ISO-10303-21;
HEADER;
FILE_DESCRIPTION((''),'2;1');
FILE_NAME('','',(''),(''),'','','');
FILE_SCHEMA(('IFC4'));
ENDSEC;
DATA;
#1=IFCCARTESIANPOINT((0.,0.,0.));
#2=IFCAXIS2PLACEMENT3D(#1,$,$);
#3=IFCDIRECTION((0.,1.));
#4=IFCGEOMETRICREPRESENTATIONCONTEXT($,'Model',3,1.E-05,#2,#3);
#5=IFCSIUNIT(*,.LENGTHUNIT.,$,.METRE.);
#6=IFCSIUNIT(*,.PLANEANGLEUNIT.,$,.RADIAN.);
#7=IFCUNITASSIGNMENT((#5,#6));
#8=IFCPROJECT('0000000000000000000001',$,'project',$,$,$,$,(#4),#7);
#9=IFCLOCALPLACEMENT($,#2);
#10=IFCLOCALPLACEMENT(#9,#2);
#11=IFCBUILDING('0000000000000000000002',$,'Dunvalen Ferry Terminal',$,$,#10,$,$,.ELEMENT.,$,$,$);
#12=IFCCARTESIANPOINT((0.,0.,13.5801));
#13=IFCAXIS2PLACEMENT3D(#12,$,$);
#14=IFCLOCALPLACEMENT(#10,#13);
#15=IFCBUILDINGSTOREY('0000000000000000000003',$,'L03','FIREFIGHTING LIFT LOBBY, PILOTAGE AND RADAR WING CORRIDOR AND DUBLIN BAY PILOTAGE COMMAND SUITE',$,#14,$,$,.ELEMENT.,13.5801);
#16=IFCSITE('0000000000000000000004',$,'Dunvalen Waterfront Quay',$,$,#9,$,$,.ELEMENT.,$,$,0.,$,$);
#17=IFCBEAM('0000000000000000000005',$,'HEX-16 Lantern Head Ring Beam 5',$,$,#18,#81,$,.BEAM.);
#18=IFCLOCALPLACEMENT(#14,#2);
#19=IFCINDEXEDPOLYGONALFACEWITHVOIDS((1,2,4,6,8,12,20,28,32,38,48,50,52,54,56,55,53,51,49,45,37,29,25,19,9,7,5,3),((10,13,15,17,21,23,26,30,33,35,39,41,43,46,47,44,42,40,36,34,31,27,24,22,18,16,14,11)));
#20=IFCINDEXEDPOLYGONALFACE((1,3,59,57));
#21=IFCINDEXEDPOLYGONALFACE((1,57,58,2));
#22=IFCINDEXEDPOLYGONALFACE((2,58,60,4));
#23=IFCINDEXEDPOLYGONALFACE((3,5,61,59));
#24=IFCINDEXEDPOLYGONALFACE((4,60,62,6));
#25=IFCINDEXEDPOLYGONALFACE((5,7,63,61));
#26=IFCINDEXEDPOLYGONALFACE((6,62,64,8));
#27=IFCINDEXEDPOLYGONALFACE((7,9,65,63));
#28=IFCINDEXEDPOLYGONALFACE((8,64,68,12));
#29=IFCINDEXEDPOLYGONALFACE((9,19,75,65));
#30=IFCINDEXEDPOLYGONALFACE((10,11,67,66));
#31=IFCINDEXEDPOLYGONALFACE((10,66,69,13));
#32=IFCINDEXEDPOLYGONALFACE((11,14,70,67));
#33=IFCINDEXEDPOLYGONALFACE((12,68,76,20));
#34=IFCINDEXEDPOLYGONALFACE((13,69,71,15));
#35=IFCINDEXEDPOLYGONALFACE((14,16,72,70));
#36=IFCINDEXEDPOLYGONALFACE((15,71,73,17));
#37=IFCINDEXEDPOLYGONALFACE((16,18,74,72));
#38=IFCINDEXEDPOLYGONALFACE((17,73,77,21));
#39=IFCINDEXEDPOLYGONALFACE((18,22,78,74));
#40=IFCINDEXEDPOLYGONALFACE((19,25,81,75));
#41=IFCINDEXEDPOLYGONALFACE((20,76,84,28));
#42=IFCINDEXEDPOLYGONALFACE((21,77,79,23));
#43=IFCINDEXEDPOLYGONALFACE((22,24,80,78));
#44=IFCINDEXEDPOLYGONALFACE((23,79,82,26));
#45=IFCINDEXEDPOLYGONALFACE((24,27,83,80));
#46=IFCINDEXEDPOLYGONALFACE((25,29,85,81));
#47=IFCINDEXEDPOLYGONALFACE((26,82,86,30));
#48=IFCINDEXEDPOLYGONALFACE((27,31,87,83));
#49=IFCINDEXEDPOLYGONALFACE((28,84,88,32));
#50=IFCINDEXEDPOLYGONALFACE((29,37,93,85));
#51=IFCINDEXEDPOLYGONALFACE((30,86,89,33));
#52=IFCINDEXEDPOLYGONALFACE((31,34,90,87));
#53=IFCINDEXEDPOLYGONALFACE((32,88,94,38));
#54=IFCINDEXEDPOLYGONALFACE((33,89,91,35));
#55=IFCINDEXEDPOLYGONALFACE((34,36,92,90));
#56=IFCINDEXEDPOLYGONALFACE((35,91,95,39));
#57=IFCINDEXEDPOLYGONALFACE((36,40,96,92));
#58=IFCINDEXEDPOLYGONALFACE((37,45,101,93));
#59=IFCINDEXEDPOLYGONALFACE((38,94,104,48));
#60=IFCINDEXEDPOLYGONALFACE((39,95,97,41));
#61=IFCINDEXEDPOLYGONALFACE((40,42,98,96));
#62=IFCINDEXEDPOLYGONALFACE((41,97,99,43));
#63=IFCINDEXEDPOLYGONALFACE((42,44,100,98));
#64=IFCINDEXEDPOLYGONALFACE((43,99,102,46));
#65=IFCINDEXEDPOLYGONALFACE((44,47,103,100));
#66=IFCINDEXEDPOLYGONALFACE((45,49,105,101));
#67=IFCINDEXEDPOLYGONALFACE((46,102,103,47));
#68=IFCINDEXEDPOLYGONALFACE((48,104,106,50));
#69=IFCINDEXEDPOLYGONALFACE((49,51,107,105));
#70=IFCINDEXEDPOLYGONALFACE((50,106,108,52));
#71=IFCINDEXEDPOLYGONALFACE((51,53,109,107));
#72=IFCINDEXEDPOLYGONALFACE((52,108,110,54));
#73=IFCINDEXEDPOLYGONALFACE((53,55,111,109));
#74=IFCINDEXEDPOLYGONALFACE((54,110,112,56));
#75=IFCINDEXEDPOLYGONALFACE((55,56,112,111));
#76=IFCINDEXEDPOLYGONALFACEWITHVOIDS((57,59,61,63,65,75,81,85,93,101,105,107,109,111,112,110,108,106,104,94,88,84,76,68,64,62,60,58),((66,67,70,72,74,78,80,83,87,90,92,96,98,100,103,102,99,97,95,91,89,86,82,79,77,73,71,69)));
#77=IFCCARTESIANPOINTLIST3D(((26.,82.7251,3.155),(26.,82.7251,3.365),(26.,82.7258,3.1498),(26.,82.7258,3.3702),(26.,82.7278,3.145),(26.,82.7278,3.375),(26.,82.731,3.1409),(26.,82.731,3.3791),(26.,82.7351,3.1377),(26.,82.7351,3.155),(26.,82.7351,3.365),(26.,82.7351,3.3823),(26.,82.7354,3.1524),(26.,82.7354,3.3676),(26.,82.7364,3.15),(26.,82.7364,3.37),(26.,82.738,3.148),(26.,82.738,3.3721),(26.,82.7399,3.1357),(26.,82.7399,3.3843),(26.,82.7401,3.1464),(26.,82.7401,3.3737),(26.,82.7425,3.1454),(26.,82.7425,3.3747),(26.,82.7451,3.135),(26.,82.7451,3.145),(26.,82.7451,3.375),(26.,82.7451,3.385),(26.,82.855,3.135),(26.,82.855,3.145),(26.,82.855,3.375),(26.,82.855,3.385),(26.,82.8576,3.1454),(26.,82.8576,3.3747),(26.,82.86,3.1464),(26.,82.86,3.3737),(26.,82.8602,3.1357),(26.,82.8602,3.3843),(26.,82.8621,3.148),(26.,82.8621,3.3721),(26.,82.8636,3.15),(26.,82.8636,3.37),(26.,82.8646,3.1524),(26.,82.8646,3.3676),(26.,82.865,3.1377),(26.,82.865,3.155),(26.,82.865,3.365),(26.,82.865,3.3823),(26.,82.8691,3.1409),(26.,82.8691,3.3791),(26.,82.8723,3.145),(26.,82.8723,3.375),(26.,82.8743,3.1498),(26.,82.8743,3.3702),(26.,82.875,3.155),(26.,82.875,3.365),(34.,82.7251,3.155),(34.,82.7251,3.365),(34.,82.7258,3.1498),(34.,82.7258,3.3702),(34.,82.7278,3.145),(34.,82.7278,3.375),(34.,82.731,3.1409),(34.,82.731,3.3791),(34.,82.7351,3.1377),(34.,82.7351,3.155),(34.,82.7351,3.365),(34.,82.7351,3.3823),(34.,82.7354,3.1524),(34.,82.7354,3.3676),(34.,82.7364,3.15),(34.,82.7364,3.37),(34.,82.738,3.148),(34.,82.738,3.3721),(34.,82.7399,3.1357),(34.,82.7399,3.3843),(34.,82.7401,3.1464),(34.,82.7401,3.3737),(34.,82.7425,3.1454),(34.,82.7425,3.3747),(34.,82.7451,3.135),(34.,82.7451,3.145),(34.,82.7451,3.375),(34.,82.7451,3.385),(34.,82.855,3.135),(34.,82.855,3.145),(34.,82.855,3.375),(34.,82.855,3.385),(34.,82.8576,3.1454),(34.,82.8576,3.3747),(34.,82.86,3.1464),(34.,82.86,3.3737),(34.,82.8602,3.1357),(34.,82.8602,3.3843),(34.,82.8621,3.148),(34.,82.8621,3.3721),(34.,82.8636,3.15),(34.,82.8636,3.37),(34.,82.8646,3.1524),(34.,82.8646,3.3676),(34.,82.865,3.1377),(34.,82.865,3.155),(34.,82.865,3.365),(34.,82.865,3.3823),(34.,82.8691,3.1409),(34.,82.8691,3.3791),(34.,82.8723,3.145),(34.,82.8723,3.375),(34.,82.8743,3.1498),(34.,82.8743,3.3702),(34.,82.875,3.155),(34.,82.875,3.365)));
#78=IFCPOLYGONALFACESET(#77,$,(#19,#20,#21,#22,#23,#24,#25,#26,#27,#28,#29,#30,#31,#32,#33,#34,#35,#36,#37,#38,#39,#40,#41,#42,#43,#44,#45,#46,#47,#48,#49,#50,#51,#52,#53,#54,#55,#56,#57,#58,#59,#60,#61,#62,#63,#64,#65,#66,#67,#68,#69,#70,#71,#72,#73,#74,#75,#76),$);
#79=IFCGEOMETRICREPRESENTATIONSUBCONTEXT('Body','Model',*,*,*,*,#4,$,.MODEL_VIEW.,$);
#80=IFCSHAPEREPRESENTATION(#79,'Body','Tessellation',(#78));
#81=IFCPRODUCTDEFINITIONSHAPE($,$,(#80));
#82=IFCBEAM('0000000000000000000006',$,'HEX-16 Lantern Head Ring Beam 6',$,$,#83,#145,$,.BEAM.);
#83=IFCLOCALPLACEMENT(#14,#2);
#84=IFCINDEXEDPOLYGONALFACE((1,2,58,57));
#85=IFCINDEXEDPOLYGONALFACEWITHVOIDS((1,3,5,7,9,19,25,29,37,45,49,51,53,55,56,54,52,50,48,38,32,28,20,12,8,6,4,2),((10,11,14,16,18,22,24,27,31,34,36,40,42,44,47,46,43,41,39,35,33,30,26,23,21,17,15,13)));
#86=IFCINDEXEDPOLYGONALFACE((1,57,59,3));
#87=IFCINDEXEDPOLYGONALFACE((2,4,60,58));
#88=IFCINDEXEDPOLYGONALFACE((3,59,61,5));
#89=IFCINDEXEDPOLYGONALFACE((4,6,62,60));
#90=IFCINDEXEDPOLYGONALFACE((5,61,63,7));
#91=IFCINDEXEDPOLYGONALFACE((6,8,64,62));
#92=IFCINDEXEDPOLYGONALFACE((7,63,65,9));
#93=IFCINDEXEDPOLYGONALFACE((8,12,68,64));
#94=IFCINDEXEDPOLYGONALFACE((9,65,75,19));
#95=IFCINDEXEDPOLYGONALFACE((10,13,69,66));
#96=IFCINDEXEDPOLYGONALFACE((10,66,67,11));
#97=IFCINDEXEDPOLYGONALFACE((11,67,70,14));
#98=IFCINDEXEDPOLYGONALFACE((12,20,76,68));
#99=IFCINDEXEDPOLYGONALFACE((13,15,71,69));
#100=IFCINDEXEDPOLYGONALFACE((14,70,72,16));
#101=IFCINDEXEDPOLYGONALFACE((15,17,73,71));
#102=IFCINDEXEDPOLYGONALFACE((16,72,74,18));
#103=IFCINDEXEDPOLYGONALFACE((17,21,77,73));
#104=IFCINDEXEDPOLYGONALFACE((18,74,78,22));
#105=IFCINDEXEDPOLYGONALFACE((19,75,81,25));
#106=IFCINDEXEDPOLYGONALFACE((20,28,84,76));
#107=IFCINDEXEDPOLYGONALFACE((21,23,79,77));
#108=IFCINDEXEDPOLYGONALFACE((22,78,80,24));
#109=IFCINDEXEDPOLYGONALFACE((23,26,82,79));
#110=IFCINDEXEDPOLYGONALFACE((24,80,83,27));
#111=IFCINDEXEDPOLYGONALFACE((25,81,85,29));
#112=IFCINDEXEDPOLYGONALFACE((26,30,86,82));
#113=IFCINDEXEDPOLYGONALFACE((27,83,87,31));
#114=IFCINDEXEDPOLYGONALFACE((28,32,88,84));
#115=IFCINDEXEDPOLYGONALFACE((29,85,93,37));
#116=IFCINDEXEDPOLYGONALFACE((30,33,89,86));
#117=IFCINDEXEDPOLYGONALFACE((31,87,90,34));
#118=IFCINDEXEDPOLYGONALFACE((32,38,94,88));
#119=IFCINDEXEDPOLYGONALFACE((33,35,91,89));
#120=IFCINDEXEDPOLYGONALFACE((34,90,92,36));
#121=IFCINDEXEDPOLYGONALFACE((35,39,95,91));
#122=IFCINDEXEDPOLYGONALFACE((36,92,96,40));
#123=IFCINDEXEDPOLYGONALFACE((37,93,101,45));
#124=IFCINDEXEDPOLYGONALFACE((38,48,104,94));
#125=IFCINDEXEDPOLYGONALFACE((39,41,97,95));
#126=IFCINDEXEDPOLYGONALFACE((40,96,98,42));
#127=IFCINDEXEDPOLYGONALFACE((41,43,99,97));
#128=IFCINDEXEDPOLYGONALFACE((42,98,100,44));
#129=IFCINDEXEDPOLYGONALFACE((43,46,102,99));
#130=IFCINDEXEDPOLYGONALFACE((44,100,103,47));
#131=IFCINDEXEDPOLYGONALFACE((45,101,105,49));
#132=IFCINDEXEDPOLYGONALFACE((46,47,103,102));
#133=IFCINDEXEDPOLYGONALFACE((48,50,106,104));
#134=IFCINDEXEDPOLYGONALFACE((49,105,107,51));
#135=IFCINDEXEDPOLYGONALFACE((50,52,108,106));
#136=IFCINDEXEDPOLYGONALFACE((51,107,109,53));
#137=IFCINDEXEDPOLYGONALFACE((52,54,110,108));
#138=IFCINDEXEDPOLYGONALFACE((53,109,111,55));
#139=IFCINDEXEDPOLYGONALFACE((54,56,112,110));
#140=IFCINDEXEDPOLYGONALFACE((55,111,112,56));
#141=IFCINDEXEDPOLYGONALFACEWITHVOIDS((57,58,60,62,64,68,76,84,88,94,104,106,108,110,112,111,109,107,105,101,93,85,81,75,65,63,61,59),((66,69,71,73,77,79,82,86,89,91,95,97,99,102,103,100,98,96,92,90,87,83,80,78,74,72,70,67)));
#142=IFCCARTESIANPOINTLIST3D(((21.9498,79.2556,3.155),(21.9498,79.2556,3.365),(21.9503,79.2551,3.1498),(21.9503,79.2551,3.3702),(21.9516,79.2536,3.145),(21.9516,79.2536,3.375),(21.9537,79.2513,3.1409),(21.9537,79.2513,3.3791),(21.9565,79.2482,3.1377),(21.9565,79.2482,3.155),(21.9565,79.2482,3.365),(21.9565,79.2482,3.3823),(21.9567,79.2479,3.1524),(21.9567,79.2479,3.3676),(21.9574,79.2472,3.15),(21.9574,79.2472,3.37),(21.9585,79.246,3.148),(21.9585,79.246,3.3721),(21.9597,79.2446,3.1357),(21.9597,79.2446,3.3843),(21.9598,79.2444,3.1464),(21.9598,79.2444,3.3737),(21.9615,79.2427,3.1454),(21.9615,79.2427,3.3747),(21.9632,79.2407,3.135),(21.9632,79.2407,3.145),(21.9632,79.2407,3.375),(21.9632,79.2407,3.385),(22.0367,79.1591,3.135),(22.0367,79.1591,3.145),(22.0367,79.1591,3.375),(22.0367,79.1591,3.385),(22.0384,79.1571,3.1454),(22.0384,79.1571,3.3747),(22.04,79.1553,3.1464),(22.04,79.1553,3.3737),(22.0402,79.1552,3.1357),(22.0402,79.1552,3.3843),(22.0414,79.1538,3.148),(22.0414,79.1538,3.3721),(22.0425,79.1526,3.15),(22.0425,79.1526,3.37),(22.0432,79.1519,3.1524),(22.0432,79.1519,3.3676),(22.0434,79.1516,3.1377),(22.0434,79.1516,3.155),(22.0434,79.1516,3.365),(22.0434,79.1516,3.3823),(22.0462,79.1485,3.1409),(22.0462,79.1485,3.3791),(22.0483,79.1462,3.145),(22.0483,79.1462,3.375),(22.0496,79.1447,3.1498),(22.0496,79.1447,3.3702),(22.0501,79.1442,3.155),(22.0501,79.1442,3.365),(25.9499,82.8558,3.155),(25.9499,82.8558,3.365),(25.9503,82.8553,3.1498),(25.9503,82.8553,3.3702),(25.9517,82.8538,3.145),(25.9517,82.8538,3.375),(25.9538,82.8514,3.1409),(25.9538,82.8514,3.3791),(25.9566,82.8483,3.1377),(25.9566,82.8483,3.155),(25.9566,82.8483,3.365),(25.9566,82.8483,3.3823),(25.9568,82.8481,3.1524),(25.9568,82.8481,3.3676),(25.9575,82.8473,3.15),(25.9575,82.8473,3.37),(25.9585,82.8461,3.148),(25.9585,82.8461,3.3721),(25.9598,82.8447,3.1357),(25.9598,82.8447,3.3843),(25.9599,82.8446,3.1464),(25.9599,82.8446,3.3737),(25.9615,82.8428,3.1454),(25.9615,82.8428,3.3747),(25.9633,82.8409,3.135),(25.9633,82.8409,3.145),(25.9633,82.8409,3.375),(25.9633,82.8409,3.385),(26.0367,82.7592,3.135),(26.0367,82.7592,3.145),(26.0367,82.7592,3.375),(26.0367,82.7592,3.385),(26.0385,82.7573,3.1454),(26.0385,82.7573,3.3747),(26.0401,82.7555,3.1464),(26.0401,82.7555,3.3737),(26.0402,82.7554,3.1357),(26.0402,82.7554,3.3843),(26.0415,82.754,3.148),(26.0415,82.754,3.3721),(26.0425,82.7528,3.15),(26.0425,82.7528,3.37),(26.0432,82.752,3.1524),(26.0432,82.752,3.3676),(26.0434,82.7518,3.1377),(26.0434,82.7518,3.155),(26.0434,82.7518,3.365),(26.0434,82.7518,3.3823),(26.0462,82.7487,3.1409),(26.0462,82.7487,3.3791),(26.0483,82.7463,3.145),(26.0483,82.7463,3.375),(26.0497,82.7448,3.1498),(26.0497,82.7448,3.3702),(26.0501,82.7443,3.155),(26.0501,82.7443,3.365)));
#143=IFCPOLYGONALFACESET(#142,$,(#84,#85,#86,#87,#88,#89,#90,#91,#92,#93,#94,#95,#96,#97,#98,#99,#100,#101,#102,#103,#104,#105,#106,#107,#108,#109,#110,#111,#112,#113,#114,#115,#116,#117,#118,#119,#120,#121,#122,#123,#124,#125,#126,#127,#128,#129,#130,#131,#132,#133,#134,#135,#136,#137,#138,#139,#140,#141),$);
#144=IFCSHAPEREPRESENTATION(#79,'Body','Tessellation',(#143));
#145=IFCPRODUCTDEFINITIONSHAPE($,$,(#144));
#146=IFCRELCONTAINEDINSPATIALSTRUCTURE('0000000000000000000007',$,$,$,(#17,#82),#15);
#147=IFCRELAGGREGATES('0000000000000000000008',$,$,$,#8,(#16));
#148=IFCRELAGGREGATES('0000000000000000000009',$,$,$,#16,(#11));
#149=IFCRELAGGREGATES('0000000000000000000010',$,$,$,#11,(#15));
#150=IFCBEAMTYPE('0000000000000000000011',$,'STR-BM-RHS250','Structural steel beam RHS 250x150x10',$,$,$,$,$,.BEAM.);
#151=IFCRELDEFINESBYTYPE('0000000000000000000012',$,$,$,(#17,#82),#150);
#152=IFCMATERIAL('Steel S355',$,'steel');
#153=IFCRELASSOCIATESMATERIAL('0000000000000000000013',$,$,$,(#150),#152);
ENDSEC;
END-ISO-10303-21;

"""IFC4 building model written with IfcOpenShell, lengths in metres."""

from ifc_helpers import new_model, si_unit, direction, frame, origin, origin_2d, place, context, subcontext, project, spatial, hollow_rectangle, extrude, material, material_profile, profile_set, type_object, element, save


model = new_model("IFC4")

# Units and contexts
model_context = context("Model", 3, precision=1e-05, world=origin(), true_north=direction((0.0, 1.0)))
body_context = subcontext(model_context, "Body", "Model", "MODEL_VIEW")
ifc_project = project(units=[si_unit("LENGTHUNIT", "METRE"), si_unit("PLANEANGLEUNIT", "RADIAN")], contexts=[model_context])

# Site, building, storey
site_placement = place(None, origin())
site = spatial("IfcSite", under=ifc_project, at=site_placement, Name="Dunvalen Waterfront Quay", CompositionType="ELEMENT", RefElevation=0.0)
building_placement = place(site_placement, origin())
building = spatial("IfcBuilding", under=site, at=building_placement, Name="Dunvalen Ferry Terminal", CompositionType="ELEMENT")
storey_placement = place(building_placement, frame((0.0, 0.0, 13.5801)))
storey = spatial("IfcBuildingStorey", under=building, at=storey_placement, Name="L03", Description="FIREFIGHTING LIFT LOBBY, PILOTAGE AND RADAR WING CORRIDOR AND DUBLIN BAY PILOTAGE COMMAND SUITE", CompositionType="ELEMENT", Elevation=13.5801)

# Beams
ifc_material_1 = material(Name="Steel S355", Category="steel")
ifc_material_profile_1 = material_profile(ifc_material_1, hollow_rectangle(XDim=0.1499, YDim=0.25, WallThickness=0.01, InnerFilletRadius=0.01, OuterFilletRadius=0.02, at=origin_2d()), Name="Steel S355")
ifc_profile_set_1 = profile_set([ifc_material_profile_1], Name="Steel S355")
beam_type = type_object("IfcBeamType", Name="STR-BM-RHS250", Description="Structural steel beam RHS 250x150x10", PredefinedType="BEAM", material=ifc_profile_set_1)
beam_1_placement = place(storey_placement, frame((34.0, 82.8, 3.26), z_axis=(-1.0, 0.0, 0.0), x_axis=(0.0, -1.0, 0.0)))
element("IfcBeam", 1, at=beam_1_placement, inside=storey, type_object=beam_type, Name="HEX-16 Lantern Head Ring Beam 5", PredefinedType="BEAM", context=body_context, shape_type="SweptSolid", body=[
    extrude(hollow_rectangle(XDim=0.1499, YDim=0.25, WallThickness=0.01, InnerFilletRadius=0.01, OuterFilletRadius=0.02, at=origin_2d()), origin(), (0.0, 0.0, 1.0), 8.0),
])
for number, where, z_axis, x_axis, name in (
    (2, (26.0, 82.8, 3.26), (-0.743285, -0.668975, 0.0), (0.668975, -0.743285, 0.0), "HEX-16 Lantern Head Ring Beam 6"),
):
    element("IfcBeam", number, at=place(storey_placement, frame(where, z_axis=z_axis, x_axis=x_axis)), inside=storey, type_object=beam_type, Name=name, PredefinedType="BEAM", context=body_context, shape_type="SweptSolid", body=[
        extrude(hollow_rectangle(XDim=0.1499, YDim=0.25, WallThickness=0.01, InnerFilletRadius=0.01, OuterFilletRadius=0.02, at=origin_2d()), origin(), (0.0, 0.0, 1.0), 5.3816),
    ])

save(model, "model.ifc")
